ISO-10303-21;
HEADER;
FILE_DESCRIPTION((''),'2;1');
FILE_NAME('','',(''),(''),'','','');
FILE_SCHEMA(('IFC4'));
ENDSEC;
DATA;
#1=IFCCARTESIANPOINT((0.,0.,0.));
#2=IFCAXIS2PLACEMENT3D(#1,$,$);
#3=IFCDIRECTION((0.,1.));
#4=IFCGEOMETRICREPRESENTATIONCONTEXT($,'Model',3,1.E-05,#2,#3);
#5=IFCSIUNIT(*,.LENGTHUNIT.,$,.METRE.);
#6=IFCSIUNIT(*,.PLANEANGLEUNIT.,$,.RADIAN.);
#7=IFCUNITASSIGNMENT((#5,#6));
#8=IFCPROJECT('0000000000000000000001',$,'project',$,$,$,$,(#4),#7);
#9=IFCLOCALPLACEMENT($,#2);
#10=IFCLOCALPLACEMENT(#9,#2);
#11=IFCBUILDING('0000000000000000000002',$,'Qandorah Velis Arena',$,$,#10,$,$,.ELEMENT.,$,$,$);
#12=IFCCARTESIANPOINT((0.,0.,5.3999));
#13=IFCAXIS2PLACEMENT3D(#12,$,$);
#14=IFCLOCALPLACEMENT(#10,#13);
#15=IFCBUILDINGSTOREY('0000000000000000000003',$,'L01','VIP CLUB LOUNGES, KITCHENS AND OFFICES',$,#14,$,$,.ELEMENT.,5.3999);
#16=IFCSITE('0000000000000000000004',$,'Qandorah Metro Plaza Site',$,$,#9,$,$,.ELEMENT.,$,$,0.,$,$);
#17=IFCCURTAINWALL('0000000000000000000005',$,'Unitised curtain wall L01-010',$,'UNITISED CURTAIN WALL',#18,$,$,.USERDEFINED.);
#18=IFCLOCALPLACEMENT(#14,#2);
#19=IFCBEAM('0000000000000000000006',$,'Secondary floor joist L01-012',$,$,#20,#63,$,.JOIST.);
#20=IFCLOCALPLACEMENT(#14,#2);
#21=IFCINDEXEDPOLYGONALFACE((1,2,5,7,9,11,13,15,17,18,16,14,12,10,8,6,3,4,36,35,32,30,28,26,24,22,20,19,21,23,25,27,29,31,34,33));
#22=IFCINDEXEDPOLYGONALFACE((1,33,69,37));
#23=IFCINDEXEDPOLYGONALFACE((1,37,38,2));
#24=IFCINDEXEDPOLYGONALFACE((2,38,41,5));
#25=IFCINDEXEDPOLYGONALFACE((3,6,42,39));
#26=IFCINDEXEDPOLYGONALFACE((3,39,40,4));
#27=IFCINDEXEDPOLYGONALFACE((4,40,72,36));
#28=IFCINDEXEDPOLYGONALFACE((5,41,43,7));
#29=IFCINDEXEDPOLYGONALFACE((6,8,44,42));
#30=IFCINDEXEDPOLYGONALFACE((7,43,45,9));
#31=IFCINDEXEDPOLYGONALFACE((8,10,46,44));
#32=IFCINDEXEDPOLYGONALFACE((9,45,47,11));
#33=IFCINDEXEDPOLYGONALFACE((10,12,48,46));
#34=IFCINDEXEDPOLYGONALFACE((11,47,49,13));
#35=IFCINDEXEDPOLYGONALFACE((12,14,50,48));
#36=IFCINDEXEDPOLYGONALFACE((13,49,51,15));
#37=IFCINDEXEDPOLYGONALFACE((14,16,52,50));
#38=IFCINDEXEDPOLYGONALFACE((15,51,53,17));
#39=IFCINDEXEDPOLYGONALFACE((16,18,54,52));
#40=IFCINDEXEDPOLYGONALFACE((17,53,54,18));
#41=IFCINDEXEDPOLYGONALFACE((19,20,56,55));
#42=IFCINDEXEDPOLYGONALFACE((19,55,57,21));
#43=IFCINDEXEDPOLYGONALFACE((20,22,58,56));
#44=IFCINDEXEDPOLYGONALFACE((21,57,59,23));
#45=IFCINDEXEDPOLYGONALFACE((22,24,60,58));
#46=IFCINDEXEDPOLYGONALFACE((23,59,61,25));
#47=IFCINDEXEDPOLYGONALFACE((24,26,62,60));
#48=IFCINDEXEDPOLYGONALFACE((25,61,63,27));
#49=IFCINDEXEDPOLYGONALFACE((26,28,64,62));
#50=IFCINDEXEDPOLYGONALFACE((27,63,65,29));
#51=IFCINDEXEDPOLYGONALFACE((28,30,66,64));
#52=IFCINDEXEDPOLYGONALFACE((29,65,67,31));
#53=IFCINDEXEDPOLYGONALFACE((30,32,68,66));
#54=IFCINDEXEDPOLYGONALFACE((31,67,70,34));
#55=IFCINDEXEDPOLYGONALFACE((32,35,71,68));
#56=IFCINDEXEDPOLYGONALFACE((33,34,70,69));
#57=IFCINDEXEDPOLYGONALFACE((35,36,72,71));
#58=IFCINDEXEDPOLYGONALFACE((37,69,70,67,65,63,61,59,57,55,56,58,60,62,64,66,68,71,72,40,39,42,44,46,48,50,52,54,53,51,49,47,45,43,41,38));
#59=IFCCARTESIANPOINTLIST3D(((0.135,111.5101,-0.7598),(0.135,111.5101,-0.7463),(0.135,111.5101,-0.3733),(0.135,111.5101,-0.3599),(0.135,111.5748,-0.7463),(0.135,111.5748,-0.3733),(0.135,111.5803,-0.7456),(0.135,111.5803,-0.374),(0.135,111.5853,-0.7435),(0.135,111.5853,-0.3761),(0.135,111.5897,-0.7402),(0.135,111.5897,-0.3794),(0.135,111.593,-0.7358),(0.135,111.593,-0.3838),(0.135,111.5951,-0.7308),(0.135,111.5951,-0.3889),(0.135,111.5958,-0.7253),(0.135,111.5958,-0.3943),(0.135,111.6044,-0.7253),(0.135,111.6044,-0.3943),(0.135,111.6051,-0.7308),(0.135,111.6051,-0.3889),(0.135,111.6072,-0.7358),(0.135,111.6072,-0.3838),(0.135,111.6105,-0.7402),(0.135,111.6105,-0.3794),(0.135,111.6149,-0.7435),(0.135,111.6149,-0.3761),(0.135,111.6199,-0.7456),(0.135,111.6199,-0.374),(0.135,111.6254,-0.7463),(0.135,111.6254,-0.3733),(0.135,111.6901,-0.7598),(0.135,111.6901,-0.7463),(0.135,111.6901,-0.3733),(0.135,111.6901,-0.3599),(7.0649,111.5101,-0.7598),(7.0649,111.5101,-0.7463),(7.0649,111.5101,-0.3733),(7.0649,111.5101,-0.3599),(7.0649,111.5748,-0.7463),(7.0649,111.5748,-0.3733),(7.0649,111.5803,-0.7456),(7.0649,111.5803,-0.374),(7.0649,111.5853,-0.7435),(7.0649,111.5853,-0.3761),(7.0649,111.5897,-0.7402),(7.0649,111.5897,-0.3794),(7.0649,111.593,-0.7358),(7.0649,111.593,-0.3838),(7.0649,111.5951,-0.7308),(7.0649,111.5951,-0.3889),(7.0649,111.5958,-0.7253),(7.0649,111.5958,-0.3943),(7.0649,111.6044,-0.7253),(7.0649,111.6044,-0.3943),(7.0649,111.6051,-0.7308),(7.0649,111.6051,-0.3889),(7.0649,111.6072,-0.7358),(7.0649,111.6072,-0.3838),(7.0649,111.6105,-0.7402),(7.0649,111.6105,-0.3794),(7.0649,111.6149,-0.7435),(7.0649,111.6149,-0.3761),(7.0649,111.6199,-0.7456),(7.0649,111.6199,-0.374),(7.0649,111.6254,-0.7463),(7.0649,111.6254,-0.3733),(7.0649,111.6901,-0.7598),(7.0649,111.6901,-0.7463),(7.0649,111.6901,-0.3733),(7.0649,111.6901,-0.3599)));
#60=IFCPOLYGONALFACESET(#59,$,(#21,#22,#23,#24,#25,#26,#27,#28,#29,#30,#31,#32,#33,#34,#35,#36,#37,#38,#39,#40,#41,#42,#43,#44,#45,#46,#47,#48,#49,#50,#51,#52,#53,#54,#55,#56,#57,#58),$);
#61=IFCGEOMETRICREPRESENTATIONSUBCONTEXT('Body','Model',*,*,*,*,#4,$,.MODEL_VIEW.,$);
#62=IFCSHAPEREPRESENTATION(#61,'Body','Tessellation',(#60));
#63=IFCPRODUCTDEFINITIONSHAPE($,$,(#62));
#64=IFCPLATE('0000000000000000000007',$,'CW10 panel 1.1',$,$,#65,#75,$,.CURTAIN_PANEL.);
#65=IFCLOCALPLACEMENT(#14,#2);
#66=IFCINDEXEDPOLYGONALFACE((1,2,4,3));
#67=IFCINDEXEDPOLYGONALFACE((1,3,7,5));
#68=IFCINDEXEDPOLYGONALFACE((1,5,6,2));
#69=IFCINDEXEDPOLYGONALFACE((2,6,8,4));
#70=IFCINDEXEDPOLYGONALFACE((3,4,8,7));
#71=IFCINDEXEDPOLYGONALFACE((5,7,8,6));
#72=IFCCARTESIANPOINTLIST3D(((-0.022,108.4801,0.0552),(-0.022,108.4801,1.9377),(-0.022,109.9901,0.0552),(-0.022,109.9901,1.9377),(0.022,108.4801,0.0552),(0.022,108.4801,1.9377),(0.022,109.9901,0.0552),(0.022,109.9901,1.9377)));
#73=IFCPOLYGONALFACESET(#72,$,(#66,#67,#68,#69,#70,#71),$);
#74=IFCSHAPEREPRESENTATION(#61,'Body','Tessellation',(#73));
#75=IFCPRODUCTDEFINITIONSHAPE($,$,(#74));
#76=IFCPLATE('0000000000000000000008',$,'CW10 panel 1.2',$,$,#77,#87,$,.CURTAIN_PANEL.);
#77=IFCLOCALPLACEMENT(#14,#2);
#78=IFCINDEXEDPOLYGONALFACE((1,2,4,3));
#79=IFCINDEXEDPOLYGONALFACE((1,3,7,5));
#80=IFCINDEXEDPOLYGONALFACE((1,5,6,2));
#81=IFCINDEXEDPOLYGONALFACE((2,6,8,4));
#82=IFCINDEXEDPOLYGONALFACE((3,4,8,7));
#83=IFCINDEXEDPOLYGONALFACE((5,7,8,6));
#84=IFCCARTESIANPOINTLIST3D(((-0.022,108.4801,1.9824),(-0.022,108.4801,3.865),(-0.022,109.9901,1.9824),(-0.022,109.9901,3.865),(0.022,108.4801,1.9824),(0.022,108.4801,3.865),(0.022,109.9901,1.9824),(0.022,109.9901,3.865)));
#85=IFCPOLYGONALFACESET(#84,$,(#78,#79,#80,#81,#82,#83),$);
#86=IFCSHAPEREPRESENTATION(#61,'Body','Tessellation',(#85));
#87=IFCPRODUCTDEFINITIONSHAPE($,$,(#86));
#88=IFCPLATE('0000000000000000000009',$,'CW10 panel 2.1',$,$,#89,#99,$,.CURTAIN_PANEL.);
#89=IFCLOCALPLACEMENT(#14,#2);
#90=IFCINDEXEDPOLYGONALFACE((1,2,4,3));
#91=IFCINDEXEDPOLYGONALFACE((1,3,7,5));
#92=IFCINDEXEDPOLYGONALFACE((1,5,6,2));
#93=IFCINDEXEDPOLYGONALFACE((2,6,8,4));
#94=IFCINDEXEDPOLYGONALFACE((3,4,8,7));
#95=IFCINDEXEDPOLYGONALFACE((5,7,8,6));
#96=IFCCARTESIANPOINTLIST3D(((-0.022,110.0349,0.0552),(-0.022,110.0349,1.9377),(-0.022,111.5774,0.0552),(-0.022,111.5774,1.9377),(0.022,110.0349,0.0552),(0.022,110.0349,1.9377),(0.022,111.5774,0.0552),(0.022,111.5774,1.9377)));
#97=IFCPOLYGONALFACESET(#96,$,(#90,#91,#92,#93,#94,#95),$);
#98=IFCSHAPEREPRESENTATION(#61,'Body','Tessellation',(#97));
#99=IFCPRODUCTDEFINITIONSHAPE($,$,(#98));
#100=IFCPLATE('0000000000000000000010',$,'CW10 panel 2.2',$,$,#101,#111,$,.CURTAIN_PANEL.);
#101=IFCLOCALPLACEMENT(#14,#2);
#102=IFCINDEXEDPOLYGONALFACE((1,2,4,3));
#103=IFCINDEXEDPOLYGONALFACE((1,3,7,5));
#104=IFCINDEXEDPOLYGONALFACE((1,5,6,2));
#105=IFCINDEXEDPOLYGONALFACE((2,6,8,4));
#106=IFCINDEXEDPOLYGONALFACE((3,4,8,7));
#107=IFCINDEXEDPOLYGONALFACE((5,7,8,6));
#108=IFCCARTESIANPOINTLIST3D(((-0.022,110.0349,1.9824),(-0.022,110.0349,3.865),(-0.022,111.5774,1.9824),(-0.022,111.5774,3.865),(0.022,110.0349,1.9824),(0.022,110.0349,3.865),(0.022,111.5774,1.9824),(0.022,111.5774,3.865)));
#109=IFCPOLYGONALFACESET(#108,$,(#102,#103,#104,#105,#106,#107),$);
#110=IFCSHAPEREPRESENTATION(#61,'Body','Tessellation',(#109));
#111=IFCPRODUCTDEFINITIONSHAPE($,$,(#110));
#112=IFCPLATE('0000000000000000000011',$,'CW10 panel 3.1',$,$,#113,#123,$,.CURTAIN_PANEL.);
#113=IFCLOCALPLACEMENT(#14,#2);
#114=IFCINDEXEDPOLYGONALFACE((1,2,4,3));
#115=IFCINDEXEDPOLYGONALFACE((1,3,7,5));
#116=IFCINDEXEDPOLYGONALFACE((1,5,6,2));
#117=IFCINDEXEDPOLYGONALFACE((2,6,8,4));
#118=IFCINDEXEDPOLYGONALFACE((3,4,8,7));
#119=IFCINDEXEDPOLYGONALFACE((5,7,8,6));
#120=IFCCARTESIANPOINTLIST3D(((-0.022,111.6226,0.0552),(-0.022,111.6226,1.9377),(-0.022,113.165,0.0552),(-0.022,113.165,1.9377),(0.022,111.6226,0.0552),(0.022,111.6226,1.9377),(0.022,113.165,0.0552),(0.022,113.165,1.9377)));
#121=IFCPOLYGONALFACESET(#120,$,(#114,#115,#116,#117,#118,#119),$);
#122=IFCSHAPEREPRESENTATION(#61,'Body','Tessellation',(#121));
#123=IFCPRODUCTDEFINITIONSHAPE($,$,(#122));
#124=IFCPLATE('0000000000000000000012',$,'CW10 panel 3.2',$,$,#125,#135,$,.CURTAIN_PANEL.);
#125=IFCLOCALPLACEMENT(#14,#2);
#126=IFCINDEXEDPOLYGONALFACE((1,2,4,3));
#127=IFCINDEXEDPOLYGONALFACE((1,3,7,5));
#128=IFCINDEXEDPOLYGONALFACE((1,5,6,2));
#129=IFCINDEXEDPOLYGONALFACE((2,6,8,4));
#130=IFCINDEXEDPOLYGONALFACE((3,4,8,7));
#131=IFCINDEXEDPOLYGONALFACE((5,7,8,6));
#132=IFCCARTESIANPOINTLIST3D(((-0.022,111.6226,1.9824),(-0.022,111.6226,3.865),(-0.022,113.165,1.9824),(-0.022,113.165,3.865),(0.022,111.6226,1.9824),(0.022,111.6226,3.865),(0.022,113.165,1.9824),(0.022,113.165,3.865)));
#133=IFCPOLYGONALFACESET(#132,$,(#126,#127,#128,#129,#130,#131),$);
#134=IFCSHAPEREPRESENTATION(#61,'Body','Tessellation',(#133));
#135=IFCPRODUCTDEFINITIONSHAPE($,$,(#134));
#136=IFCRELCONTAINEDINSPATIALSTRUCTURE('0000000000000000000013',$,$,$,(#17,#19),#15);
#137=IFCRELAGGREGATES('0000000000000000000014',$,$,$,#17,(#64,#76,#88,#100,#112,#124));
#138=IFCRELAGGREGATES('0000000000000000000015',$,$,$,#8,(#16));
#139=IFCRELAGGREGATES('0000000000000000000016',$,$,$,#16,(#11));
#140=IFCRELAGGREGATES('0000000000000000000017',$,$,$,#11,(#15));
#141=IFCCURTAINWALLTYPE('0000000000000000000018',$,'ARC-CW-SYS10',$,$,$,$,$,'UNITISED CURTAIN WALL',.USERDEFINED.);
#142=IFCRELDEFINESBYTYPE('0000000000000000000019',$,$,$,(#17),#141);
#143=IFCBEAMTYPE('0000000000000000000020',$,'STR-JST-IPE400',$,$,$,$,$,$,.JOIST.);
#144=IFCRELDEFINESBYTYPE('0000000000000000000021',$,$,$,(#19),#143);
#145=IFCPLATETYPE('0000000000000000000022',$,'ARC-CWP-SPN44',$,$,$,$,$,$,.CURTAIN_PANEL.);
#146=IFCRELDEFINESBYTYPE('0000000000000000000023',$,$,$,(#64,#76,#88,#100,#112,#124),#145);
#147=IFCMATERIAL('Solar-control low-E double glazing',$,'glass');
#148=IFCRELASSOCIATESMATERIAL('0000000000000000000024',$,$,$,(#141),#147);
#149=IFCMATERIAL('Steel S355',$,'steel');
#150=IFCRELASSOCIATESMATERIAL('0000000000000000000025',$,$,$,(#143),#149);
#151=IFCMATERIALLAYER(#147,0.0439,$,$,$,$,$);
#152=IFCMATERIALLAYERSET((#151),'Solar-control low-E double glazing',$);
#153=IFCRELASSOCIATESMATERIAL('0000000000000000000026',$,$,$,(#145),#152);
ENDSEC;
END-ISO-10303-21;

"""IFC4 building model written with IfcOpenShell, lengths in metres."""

from ifc_helpers import new_model, si_unit, direction, frame, origin, origin_2d, place, context, subcontext, project, spatial, rectangle, i_section, extrude, material, layer, layer_set, material_profile, profile_set, type_object, element, aggregate, save


model = new_model("IFC4")

# Units and contexts
model_context = context("Model", 3, precision=1e-05, world=origin(), true_north=direction((0.0, 1.0)))
body_context = subcontext(model_context, "Body", "Model", "MODEL_VIEW")
ifc_project = project(units=[si_unit("LENGTHUNIT", "METRE"), si_unit("PLANEANGLEUNIT", "RADIAN")], contexts=[model_context])

# Site, building, storey
site_placement = place(None, origin())
site = spatial("IfcSite", under=ifc_project, at=site_placement, Name="Qandorah Metro Plaza Site", CompositionType="ELEMENT", RefElevation=0.0)
building_placement = place(site_placement, origin())
building = spatial("IfcBuilding", under=site, at=building_placement, Name="Qandorah Velis Arena", CompositionType="ELEMENT")
storey_placement = place(building_placement, frame((0.0, 0.0, 5.3999)))
storey = spatial("IfcBuildingStorey", under=building, at=storey_placement, Name="L01", Description="VIP CLUB LOUNGES, KITCHENS AND OFFICES", CompositionType="ELEMENT", Elevation=5.3999)

# Curtain wall
ifc_material_1 = material(Name="Solar-control low-E double glazing", Category="glass")
curtain_wall_type = type_object("IfcCurtainWallType", Name="ARC-CW-SYS10", ElementType="UNITISED CURTAIN WALL", PredefinedType="USERDEFINED", material=ifc_material_1)
curtain_wall_placement = place(storey_placement, origin())
curtain_wall = element("IfcCurtainWall", 1, at=curtain_wall_placement, inside=storey, type_object=curtain_wall_type, Name="Unitised curtain wall L01-010", ObjectType="UNITISED CURTAIN WALL", PredefinedType="USERDEFINED")

# Beam
ifc_material_2 = material(Name="Steel S355", Category="steel")
ifc_material_profile_1 = material_profile(ifc_material_2, i_section(OverallWidth=0.1799, OverallDepth=0.3999, WebThickness=0.0085, FlangeThickness=0.0134, FilletRadius=0.021, at=origin_2d()), Name="IPE 400")
ifc_profile_set_1 = profile_set([ifc_material_profile_1], Name="Steel S355")
beam_type_1 = type_object("IfcBeamType", Name="STR-JST-IPE400", PredefinedType="JOIST", material=ifc_profile_set_1)
for number, where, z_axis, x_axis, name in (
    (2, (0.135, 111.6001, -0.5598), (1.0, 0.0, 0.0), (0.0, 1.0, 0.0), "Secondary floor joist L01-012"),
):
    element("IfcBeam", number, at=place(storey_placement, frame(where, z_axis=z_axis, x_axis=x_axis)), inside=storey, type_object=beam_type_1, Name=name, PredefinedType="JOIST", context=body_context, shape_type="SweptSolid", body=[
        extrude(i_section(OverallWidth=0.1799, OverallDepth=0.3999, WebThickness=0.0085, FlangeThickness=0.0134, FilletRadius=0.021, at=origin_2d()), origin(), (0.0, 0.0, 1.0), 6.9299),
    ])

# Plates
ifc_layer = layer(ifc_material_1, 0.0439)
ifc_layer_set = layer_set([ifc_layer], Name="Solar-control low-E double glazing")
plate_type = type_object("IfcPlateType", Name="ARC-CWP-SPN44", PredefinedType="CURTAIN_PANEL", material=ifc_layer_set)
plate_1_placement = place(storey_placement, frame((0.0, 109.2351, 0.0552), z_axis=(0.0, 0.0, 1.0), x_axis=(0.0, 1.0, 0.0)))
plate_1 = element("IfcPlate", 3, at=plate_1_placement, type_object=plate_type, Name="CW10 panel 1.1", PredefinedType="CURTAIN_PANEL", context=body_context, shape_type="SweptSolid", body=[
    extrude(rectangle(XDim=1.51, YDim=0.0439, at=origin_2d()), origin(), (0.0, 0.0, 1.0), 1.8826),
])
plate_2_placement = place(storey_placement, frame((0.0, 109.2351, 1.9824), z_axis=(0.0, 0.0, 1.0), x_axis=(0.0, 1.0, 0.0)))
plate_2 = element("IfcPlate", 4, at=plate_2_placement, type_object=plate_type, Name="CW10 panel 1.2", PredefinedType="CURTAIN_PANEL", context=body_context, shape_type="SweptSolid", body=[
    extrude(rectangle(XDim=1.51, YDim=0.0439, at=origin_2d()), origin(), (0.0, 0.0, 1.0), 1.8826),
])
plate_3_placement = place(storey_placement, frame((0.0, 110.8062, 0.0552), z_axis=(0.0, 0.0, 1.0), x_axis=(0.0, 1.0, 0.0)))
plate_3 = element("IfcPlate", 5, at=plate_3_placement, type_object=plate_type, Name="CW10 panel 2.1", PredefinedType="CURTAIN_PANEL", context=body_context, shape_type="SweptSolid", body=[
    extrude(rectangle(XDim=1.5425, YDim=0.0439, at=origin_2d()), origin(), (0.0, 0.0, 1.0), 1.8826),
])
plate_4_placement = place(storey_placement, frame((0.0, 110.8062, 1.9824), z_axis=(0.0, 0.0, 1.0), x_axis=(0.0, 1.0, 0.0)))
plate_4 = element("IfcPlate", 6, at=plate_4_placement, type_object=plate_type, Name="CW10 panel 2.2", PredefinedType="CURTAIN_PANEL", context=body_context, shape_type="SweptSolid", body=[
    extrude(rectangle(XDim=1.5425, YDim=0.0439, at=origin_2d()), origin(), (0.0, 0.0, 1.0), 1.8826),
])
plate_5_placement = place(storey_placement, frame((0.0, 112.3938, 0.0552), z_axis=(0.0, 0.0, 1.0), x_axis=(0.0, 1.0, 0.0)))
plate_5 = element("IfcPlate", 7, at=plate_5_placement, type_object=plate_type, Name="CW10 panel 3.1", PredefinedType="CURTAIN_PANEL", context=body_context, shape_type="SweptSolid", body=[
    extrude(rectangle(XDim=1.5425, YDim=0.0439, at=origin_2d()), origin(), (0.0, 0.0, 1.0), 1.8826),
])
plate_6_placement = place(storey_placement, frame((0.0, 112.3938, 1.9824), z_axis=(0.0, 0.0, 1.0), x_axis=(0.0, 1.0, 0.0)))
plate_6 = element("IfcPlate", 8, at=plate_6_placement, type_object=plate_type, Name="CW10 panel 3.2", PredefinedType="CURTAIN_PANEL", context=body_context, shape_type="SweptSolid", body=[
    extrude(rectangle(XDim=1.5425, YDim=0.0439, at=origin_2d()), origin(), (0.0, 0.0, 1.0), 1.8826),
])
aggregate(curtain_wall, [plate_1, plate_2, plate_3, plate_4, plate_5, plate_6])

save(model, "model.ifc")
